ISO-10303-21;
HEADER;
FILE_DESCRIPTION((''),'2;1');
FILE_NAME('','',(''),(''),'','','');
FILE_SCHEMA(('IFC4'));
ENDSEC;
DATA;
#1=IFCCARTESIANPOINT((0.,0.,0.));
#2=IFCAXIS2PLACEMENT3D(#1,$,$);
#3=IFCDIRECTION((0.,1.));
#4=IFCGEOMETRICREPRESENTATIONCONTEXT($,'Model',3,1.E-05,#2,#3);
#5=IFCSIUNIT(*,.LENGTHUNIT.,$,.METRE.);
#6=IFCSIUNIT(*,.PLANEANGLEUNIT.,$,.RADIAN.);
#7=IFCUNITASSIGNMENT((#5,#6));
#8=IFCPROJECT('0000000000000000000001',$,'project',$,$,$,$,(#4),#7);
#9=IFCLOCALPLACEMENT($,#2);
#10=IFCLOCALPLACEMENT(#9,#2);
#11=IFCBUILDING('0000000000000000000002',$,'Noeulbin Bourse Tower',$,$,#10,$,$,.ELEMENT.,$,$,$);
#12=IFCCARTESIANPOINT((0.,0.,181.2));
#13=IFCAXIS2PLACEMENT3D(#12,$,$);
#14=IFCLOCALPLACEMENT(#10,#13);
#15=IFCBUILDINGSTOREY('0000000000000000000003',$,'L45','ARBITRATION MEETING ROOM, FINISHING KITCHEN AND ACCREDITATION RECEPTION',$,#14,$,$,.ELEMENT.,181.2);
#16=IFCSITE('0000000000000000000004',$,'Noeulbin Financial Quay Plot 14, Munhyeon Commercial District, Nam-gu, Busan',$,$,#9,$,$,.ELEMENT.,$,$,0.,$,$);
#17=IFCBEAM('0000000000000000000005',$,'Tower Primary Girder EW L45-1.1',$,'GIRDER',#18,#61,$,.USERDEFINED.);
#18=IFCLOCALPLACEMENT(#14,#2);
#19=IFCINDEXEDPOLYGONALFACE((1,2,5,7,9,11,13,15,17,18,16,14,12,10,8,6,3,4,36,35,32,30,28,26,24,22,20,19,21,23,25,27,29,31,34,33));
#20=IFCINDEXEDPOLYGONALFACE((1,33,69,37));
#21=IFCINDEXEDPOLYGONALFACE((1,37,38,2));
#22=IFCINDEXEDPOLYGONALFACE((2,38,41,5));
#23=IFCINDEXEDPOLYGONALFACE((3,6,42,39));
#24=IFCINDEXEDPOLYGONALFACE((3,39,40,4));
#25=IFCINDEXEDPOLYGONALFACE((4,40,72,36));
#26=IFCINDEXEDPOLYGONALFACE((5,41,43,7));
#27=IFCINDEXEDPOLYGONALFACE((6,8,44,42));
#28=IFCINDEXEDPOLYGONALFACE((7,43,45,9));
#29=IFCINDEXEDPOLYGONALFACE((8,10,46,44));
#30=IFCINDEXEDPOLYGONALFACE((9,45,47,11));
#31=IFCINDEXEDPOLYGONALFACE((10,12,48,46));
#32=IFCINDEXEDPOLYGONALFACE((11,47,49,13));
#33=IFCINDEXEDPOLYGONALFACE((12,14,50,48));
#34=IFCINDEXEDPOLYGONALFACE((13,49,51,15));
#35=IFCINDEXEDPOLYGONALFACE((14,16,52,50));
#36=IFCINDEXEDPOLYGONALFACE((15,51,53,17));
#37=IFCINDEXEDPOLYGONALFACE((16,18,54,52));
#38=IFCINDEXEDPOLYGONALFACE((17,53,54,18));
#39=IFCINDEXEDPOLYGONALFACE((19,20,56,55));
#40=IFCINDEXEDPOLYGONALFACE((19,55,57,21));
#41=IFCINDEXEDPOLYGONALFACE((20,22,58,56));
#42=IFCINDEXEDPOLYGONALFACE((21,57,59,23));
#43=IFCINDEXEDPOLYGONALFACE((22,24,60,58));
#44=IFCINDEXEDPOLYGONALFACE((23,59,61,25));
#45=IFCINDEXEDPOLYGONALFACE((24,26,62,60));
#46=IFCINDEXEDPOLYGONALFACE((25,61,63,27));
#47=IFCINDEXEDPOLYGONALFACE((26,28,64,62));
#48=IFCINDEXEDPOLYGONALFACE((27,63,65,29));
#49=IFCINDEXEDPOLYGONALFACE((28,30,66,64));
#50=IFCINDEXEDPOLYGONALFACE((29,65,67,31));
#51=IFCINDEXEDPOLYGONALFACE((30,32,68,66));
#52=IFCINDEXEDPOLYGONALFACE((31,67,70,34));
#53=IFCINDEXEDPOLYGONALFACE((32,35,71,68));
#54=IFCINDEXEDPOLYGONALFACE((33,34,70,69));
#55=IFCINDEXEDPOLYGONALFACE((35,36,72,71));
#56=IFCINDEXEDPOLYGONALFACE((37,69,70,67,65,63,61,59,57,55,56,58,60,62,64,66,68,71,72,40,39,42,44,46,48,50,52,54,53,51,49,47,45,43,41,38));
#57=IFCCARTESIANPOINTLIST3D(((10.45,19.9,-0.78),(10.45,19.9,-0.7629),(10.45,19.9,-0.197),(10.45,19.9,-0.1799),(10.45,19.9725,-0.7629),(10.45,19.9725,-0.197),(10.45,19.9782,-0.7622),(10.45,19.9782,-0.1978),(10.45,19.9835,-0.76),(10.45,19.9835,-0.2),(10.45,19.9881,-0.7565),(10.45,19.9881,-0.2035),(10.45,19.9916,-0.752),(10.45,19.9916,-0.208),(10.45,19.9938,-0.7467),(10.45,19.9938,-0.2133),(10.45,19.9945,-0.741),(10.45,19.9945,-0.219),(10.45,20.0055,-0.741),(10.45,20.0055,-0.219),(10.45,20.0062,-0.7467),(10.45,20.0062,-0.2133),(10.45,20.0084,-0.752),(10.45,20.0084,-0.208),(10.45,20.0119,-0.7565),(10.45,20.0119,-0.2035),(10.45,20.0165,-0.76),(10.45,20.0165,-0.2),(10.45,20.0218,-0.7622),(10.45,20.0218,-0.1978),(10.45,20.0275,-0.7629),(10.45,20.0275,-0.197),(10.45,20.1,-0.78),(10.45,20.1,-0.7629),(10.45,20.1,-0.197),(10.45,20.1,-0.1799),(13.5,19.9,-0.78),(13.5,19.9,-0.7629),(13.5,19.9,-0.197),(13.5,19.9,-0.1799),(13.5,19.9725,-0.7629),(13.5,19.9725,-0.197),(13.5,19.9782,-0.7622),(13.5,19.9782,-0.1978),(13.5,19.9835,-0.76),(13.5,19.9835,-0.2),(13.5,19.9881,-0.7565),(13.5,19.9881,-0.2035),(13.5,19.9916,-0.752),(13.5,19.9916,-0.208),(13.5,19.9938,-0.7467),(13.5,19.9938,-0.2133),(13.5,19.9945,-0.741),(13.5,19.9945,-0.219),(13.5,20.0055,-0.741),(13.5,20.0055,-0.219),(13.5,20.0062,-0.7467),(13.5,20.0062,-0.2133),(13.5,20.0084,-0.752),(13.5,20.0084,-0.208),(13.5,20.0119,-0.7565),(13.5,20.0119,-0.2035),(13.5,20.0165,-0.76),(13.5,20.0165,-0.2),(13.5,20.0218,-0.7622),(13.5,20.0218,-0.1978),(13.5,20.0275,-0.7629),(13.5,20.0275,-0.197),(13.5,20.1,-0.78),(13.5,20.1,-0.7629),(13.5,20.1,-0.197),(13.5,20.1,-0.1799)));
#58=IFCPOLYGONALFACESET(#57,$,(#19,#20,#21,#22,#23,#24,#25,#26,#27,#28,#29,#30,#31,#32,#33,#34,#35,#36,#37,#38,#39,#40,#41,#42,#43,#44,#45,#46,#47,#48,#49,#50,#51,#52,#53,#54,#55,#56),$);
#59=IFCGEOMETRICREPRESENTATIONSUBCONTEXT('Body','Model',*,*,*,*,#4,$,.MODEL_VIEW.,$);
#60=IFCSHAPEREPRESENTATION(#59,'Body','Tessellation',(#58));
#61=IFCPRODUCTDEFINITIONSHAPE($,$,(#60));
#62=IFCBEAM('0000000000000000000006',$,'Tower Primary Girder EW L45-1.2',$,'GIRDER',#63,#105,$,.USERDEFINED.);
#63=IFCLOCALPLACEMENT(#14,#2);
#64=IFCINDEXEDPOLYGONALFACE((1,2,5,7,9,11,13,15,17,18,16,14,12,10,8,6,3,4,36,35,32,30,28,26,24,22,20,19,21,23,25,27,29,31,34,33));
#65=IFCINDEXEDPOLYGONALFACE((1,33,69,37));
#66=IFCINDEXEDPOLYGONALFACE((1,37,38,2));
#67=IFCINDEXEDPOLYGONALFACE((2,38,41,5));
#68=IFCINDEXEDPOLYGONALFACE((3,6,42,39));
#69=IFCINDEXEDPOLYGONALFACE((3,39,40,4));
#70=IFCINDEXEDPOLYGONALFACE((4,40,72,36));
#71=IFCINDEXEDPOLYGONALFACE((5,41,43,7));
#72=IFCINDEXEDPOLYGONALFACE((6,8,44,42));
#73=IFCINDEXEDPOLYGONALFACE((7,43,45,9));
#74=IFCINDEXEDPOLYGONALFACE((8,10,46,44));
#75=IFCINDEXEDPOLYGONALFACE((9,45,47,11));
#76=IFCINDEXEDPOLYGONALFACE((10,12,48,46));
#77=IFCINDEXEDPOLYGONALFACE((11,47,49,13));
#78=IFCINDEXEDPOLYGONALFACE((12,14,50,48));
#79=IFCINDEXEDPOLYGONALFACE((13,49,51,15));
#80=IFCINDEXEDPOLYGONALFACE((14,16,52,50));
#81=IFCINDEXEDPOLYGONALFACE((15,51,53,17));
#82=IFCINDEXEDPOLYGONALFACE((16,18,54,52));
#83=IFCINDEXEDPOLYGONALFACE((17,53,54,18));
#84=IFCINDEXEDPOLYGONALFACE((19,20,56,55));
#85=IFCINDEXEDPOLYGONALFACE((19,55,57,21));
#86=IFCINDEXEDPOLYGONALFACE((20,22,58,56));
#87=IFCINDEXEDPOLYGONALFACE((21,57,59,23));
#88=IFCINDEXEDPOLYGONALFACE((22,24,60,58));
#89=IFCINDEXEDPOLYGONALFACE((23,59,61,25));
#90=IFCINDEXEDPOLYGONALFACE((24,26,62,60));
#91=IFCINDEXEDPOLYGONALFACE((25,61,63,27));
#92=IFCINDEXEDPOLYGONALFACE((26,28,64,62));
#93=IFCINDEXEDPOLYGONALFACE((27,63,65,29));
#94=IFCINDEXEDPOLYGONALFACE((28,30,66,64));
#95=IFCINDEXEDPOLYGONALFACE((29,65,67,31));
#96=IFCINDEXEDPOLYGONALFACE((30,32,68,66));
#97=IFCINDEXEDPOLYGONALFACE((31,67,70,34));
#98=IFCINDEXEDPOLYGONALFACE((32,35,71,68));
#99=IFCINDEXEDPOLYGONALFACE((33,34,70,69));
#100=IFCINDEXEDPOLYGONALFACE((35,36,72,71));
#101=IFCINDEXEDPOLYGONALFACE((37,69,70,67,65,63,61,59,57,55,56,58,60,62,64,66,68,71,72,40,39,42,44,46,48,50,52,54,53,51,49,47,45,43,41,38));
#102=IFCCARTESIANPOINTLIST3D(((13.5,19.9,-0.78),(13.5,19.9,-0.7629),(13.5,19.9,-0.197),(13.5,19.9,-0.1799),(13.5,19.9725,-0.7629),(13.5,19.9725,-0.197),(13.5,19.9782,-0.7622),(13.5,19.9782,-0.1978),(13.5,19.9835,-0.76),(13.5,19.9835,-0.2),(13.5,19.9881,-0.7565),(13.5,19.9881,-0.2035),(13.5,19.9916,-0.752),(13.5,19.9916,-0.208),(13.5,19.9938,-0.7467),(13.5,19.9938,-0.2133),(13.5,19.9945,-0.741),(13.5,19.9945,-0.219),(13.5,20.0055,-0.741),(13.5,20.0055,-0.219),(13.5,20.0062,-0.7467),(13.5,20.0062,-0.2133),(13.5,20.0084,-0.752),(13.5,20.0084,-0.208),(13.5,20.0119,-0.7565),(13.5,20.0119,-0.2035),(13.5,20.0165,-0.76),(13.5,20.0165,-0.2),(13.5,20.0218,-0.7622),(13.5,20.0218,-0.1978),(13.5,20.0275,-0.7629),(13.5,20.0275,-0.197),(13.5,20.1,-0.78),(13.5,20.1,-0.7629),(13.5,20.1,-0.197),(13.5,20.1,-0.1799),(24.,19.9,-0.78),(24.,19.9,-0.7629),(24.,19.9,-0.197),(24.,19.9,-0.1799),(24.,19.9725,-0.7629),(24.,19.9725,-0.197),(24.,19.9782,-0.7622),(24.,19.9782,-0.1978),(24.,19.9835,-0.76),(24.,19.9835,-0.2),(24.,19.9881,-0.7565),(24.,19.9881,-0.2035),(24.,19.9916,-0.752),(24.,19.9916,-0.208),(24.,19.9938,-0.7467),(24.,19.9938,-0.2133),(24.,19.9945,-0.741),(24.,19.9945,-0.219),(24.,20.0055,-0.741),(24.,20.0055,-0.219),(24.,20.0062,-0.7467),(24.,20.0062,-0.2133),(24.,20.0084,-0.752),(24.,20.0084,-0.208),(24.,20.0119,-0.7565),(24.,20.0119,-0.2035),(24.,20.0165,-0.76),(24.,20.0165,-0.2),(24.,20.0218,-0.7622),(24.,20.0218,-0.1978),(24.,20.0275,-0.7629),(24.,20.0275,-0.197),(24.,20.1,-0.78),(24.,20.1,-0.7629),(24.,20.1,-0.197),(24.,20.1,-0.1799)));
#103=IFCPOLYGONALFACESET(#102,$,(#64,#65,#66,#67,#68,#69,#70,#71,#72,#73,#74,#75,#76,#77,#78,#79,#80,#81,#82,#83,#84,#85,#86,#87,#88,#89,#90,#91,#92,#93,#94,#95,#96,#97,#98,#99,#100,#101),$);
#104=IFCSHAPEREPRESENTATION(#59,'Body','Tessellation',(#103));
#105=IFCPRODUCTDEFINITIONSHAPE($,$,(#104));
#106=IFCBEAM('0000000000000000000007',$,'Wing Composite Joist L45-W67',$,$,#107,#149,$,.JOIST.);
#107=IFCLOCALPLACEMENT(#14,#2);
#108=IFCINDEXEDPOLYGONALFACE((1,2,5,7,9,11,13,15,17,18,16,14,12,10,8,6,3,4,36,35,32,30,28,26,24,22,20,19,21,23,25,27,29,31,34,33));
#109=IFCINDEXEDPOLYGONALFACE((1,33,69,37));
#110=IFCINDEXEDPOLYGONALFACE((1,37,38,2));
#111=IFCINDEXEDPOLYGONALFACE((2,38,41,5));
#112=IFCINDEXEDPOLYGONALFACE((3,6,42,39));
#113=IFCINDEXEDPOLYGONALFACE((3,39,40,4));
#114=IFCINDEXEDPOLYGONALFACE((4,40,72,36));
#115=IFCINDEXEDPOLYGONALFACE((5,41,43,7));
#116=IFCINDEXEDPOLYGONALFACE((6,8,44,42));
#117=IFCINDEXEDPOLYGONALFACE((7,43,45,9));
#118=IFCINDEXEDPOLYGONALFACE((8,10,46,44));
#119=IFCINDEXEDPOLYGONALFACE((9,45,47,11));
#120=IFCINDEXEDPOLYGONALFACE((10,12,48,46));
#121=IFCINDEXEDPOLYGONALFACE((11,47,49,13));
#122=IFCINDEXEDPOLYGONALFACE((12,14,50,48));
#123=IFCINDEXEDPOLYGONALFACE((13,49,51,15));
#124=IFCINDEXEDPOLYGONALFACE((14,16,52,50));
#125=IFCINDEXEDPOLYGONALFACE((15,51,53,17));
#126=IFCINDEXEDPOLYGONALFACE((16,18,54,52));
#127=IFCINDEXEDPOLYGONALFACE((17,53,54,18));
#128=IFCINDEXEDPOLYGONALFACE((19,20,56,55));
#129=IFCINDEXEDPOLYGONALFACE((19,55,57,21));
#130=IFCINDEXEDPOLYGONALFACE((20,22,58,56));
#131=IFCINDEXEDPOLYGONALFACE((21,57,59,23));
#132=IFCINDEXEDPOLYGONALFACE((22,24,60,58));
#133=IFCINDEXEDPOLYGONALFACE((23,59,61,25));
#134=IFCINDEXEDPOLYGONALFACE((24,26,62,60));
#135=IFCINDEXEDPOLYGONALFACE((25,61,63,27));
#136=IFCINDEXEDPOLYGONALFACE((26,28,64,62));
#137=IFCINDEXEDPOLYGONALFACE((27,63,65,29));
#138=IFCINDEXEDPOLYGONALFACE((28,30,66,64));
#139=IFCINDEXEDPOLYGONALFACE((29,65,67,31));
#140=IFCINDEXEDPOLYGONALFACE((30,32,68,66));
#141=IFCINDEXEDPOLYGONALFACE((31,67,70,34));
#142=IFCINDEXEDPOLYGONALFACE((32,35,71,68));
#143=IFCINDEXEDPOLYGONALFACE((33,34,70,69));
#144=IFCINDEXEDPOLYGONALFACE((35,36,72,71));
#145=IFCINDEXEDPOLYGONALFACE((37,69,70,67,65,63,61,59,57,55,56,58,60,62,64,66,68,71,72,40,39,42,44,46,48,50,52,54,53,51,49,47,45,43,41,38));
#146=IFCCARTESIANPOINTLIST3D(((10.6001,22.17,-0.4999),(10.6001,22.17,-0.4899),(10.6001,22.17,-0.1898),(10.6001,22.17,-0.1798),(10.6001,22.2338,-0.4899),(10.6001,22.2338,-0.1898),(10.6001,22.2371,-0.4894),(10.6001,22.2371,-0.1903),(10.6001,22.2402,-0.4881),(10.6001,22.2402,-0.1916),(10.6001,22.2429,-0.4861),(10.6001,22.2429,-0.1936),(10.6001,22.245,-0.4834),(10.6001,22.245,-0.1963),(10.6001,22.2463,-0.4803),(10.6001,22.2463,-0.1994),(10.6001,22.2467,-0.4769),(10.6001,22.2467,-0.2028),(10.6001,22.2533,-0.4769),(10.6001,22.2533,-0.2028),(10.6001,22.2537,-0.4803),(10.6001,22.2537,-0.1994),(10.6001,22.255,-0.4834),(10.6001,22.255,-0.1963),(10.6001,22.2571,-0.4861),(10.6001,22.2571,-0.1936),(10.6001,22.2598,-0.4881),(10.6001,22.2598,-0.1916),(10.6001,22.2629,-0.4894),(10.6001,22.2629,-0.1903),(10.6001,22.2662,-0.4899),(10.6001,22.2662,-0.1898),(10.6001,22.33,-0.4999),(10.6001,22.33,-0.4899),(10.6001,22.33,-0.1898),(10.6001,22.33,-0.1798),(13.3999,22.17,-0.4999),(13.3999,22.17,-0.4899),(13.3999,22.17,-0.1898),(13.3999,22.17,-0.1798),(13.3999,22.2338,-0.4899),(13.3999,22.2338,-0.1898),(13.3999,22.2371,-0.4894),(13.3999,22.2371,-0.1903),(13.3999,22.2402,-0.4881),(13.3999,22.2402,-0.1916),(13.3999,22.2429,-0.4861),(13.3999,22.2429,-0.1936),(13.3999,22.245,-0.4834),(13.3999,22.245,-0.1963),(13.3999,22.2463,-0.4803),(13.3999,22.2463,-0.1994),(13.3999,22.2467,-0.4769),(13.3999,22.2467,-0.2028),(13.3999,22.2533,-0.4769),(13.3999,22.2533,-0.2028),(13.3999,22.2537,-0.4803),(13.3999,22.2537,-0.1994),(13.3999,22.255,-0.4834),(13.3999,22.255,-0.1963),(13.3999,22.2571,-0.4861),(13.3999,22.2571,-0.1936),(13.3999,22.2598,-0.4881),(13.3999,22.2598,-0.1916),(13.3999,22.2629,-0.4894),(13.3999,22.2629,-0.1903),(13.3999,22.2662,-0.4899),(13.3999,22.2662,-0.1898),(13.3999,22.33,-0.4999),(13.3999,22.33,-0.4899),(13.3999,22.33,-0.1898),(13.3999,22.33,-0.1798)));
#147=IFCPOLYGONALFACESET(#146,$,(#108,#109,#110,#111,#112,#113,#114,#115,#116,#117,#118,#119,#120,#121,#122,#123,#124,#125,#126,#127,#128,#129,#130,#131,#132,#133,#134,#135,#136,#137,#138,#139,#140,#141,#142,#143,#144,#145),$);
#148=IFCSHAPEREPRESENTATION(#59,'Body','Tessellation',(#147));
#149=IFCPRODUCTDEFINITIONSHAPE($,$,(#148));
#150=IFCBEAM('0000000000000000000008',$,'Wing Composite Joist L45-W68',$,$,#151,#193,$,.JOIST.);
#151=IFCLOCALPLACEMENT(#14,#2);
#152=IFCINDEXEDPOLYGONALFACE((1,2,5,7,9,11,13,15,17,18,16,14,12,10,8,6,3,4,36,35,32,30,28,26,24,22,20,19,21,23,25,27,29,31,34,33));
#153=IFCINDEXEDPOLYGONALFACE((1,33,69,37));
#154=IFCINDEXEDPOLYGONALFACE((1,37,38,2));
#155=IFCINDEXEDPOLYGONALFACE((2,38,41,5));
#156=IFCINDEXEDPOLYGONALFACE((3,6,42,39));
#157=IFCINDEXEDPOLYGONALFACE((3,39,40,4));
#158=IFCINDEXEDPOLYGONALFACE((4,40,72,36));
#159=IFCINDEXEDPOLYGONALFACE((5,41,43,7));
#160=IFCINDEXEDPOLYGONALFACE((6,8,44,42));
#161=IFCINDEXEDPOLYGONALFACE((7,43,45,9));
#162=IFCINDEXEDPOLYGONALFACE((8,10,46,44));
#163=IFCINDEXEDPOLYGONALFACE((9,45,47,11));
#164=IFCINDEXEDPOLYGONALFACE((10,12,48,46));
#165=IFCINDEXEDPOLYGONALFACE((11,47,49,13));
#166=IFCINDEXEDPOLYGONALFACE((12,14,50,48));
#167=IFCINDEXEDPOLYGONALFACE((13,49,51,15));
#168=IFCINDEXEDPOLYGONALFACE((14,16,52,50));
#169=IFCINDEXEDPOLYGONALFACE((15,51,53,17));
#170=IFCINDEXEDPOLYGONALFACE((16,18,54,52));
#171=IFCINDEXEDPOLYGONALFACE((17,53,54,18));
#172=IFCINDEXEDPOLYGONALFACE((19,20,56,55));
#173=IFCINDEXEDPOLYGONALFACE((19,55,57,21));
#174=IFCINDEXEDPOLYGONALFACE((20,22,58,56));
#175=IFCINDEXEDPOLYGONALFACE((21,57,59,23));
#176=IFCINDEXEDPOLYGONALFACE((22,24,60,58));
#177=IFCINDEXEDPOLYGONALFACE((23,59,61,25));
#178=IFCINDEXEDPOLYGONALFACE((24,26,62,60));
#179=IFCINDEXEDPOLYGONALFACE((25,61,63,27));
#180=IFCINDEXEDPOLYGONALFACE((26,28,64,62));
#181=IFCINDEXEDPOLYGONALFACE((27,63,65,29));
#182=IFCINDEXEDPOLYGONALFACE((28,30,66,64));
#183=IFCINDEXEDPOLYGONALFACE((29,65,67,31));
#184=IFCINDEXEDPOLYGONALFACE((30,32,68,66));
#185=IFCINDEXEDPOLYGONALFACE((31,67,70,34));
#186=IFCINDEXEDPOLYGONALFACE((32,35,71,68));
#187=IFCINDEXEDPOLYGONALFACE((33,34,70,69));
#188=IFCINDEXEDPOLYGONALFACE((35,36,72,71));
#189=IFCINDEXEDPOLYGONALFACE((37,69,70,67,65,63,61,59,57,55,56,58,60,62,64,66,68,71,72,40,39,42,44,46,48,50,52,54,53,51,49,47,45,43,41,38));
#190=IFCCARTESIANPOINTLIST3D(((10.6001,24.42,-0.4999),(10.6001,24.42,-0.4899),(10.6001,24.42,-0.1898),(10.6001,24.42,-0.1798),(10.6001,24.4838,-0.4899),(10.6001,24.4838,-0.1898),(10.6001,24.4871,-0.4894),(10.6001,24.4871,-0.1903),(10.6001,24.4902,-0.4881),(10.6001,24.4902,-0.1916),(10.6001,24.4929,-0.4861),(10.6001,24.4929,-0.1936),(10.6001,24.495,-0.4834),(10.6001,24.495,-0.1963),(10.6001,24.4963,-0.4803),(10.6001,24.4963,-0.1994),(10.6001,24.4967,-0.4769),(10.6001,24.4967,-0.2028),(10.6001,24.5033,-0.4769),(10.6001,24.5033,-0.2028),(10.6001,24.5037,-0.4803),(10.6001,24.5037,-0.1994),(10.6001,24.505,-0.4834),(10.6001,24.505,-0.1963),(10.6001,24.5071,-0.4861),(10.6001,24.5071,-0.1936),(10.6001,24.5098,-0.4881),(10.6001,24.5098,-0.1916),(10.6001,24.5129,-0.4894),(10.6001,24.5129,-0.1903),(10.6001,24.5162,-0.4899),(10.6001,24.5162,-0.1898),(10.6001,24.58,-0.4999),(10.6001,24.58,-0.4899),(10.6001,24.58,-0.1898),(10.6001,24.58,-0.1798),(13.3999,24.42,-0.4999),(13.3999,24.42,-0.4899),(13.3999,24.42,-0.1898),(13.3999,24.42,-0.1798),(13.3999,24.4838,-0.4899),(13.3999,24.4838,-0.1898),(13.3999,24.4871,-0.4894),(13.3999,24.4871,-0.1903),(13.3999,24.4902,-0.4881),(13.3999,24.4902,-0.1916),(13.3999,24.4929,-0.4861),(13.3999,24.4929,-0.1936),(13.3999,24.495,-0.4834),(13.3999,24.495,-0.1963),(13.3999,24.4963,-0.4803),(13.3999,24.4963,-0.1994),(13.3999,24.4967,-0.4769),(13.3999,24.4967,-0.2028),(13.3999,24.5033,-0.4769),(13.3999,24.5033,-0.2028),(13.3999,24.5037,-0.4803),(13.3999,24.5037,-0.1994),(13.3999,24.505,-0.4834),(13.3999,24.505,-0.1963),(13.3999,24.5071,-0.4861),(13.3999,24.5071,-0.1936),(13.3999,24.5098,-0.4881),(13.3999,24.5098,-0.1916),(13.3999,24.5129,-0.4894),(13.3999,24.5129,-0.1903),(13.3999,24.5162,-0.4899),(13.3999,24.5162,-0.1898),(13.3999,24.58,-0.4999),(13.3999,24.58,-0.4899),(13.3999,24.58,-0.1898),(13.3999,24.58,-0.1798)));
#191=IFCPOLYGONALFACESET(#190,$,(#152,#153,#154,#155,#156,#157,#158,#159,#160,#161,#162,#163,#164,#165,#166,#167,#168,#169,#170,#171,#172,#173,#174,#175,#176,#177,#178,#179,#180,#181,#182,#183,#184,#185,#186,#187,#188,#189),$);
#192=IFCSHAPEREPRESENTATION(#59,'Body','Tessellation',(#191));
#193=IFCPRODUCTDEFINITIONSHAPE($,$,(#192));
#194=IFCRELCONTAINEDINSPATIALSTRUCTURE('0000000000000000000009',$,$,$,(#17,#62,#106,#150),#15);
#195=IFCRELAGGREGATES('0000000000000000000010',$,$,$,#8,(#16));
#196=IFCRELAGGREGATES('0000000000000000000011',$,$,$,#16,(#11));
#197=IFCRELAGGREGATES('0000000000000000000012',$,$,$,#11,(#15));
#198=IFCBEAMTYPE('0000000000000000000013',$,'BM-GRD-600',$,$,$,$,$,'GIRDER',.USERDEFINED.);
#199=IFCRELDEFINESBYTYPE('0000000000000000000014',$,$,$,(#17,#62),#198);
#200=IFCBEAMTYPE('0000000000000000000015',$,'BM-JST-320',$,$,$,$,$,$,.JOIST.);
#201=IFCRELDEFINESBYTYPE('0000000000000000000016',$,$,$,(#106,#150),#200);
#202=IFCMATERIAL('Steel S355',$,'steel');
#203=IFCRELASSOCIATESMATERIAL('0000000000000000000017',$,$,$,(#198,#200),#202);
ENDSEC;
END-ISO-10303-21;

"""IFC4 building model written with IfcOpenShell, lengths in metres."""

from ifc_helpers import new_model, si_unit, direction, frame, origin, origin_2d, place, context, subcontext, project, spatial, i_section, extrude, material, material_profile, profile_set, type_object, element, save


model = new_model("IFC4")

# Units and contexts
model_context = context("Model", 3, precision=1e-05, world=origin(), true_north=direction((0.0, 1.0)))
body_context = subcontext(model_context, "Body", "Model", "MODEL_VIEW")
ifc_project = project(units=[si_unit("LENGTHUNIT", "METRE"), si_unit("PLANEANGLEUNIT", "RADIAN")], contexts=[model_context])

# Site, building, storey
site_placement = place(None, origin())
site = spatial("IfcSite", under=ifc_project, at=site_placement, Name="Noeulbin Financial Quay Plot 14, Munhyeon Commercial District, Nam-gu, Busan", CompositionType="ELEMENT", RefElevation=0.0)
building_placement = place(site_placement, origin())
building = spatial("IfcBuilding", under=site, at=building_placement, Name="Noeulbin Bourse Tower", CompositionType="ELEMENT")
storey_placement = place(building_placement, frame((0.0, 0.0, 181.2)))
storey = spatial("IfcBuildingStorey", under=building, at=storey_placement, Name="L45", Description="ARBITRATION MEETING ROOM, FINISHING KITCHEN AND ACCREDITATION RECEPTION", CompositionType="ELEMENT", Elevation=181.2)

# Shared definitions
ifc_material_1 = material(Name="Steel S355", Category="steel")

# Beams
ifc_material_profile_1 = material_profile(ifc_material_1, i_section(OverallWidth=0.2, OverallDepth=0.6001, WebThickness=0.011, FlangeThickness=0.0171, FilletRadius=0.022, at=origin_2d()), Name="H-600x200x11x17", Category="LoadBearing")
ifc_profile_set_1 = profile_set([ifc_material_profile_1], Name="Steel S355")
beam_type_1 = type_object("IfcBeamType", Name="BM-GRD-600", ElementType="GIRDER", PredefinedType="USERDEFINED", material=ifc_profile_set_1)
beam_1_placement = place(storey_placement, frame((10.45, 20.0, -0.48), z_axis=(1.0, 0.0, 0.0), x_axis=(0.0, 1.0, 0.0)))
element("IfcBeam", 1, at=beam_1_placement, inside=storey, type_object=beam_type_1, Name="Tower Primary Girder EW L45-1.1", ObjectType="GIRDER", PredefinedType="USERDEFINED", context=body_context, shape_type="SweptSolid", body=[
    extrude(i_section(OverallWidth=0.2, OverallDepth=0.6001, WebThickness=0.011, FlangeThickness=0.0171, FilletRadius=0.022, at=origin_2d()), origin(), (0.0, 0.0, 1.0), 3.05),
])
beam_2_placement = place(storey_placement, frame((13.5, 20.0, -0.48), z_axis=(1.0, 0.0, 0.0), x_axis=(0.0, 1.0, 0.0)))
element("IfcBeam", 2, at=beam_2_placement, inside=storey, type_object=beam_type_1, Name="Tower Primary Girder EW L45-1.2", ObjectType="GIRDER", PredefinedType="USERDEFINED", context=body_context, shape_type="SweptSolid", body=[
    extrude(i_section(OverallWidth=0.2, OverallDepth=0.6001, WebThickness=0.011, FlangeThickness=0.0171, FilletRadius=0.022, at=origin_2d()), origin(), (0.0, 0.0, 1.0), 10.5),
])
ifc_material_profile_2 = material_profile(ifc_material_1, i_section(OverallWidth=0.1599, OverallDepth=0.3201, WebThickness=0.0066, FlangeThickness=0.01, FilletRadius=0.0129, at=origin_2d()), Name="H-320x160x6.5x10", Category="LoadBearing")
ifc_profile_set_2 = profile_set([ifc_material_profile_2], Name="Steel S355")
beam_type_2 = type_object("IfcBeamType", Name="BM-JST-320", PredefinedType="JOIST", material=ifc_profile_set_2)
for number, where, z_axis, x_axis, name in (
    (3, (10.6001, 22.25, -0.3398), (1.0, 0.0, 0.0), (0.0, 1.0, 0.0), "Wing Composite Joist L45-W67"),
    (4, (10.6001, 24.5, -0.3398), (1.0, 0.0, 0.0), (0.0, 1.0, 0.0), "Wing Composite Joist L45-W68"),
):
    element("IfcBeam", number, at=place(storey_placement, frame(where, z_axis=z_axis, x_axis=x_axis)), inside=storey, type_object=beam_type_2, Name=name, PredefinedType="JOIST", context=body_context, shape_type="SweptSolid", body=[
        extrude(i_section(OverallWidth=0.1599, OverallDepth=0.3201, WebThickness=0.0066, FlangeThickness=0.01, FilletRadius=0.0129, at=origin_2d()), origin(), (0.0, 0.0, 1.0), 2.7998),
    ])

save(model, "model.ifc")
